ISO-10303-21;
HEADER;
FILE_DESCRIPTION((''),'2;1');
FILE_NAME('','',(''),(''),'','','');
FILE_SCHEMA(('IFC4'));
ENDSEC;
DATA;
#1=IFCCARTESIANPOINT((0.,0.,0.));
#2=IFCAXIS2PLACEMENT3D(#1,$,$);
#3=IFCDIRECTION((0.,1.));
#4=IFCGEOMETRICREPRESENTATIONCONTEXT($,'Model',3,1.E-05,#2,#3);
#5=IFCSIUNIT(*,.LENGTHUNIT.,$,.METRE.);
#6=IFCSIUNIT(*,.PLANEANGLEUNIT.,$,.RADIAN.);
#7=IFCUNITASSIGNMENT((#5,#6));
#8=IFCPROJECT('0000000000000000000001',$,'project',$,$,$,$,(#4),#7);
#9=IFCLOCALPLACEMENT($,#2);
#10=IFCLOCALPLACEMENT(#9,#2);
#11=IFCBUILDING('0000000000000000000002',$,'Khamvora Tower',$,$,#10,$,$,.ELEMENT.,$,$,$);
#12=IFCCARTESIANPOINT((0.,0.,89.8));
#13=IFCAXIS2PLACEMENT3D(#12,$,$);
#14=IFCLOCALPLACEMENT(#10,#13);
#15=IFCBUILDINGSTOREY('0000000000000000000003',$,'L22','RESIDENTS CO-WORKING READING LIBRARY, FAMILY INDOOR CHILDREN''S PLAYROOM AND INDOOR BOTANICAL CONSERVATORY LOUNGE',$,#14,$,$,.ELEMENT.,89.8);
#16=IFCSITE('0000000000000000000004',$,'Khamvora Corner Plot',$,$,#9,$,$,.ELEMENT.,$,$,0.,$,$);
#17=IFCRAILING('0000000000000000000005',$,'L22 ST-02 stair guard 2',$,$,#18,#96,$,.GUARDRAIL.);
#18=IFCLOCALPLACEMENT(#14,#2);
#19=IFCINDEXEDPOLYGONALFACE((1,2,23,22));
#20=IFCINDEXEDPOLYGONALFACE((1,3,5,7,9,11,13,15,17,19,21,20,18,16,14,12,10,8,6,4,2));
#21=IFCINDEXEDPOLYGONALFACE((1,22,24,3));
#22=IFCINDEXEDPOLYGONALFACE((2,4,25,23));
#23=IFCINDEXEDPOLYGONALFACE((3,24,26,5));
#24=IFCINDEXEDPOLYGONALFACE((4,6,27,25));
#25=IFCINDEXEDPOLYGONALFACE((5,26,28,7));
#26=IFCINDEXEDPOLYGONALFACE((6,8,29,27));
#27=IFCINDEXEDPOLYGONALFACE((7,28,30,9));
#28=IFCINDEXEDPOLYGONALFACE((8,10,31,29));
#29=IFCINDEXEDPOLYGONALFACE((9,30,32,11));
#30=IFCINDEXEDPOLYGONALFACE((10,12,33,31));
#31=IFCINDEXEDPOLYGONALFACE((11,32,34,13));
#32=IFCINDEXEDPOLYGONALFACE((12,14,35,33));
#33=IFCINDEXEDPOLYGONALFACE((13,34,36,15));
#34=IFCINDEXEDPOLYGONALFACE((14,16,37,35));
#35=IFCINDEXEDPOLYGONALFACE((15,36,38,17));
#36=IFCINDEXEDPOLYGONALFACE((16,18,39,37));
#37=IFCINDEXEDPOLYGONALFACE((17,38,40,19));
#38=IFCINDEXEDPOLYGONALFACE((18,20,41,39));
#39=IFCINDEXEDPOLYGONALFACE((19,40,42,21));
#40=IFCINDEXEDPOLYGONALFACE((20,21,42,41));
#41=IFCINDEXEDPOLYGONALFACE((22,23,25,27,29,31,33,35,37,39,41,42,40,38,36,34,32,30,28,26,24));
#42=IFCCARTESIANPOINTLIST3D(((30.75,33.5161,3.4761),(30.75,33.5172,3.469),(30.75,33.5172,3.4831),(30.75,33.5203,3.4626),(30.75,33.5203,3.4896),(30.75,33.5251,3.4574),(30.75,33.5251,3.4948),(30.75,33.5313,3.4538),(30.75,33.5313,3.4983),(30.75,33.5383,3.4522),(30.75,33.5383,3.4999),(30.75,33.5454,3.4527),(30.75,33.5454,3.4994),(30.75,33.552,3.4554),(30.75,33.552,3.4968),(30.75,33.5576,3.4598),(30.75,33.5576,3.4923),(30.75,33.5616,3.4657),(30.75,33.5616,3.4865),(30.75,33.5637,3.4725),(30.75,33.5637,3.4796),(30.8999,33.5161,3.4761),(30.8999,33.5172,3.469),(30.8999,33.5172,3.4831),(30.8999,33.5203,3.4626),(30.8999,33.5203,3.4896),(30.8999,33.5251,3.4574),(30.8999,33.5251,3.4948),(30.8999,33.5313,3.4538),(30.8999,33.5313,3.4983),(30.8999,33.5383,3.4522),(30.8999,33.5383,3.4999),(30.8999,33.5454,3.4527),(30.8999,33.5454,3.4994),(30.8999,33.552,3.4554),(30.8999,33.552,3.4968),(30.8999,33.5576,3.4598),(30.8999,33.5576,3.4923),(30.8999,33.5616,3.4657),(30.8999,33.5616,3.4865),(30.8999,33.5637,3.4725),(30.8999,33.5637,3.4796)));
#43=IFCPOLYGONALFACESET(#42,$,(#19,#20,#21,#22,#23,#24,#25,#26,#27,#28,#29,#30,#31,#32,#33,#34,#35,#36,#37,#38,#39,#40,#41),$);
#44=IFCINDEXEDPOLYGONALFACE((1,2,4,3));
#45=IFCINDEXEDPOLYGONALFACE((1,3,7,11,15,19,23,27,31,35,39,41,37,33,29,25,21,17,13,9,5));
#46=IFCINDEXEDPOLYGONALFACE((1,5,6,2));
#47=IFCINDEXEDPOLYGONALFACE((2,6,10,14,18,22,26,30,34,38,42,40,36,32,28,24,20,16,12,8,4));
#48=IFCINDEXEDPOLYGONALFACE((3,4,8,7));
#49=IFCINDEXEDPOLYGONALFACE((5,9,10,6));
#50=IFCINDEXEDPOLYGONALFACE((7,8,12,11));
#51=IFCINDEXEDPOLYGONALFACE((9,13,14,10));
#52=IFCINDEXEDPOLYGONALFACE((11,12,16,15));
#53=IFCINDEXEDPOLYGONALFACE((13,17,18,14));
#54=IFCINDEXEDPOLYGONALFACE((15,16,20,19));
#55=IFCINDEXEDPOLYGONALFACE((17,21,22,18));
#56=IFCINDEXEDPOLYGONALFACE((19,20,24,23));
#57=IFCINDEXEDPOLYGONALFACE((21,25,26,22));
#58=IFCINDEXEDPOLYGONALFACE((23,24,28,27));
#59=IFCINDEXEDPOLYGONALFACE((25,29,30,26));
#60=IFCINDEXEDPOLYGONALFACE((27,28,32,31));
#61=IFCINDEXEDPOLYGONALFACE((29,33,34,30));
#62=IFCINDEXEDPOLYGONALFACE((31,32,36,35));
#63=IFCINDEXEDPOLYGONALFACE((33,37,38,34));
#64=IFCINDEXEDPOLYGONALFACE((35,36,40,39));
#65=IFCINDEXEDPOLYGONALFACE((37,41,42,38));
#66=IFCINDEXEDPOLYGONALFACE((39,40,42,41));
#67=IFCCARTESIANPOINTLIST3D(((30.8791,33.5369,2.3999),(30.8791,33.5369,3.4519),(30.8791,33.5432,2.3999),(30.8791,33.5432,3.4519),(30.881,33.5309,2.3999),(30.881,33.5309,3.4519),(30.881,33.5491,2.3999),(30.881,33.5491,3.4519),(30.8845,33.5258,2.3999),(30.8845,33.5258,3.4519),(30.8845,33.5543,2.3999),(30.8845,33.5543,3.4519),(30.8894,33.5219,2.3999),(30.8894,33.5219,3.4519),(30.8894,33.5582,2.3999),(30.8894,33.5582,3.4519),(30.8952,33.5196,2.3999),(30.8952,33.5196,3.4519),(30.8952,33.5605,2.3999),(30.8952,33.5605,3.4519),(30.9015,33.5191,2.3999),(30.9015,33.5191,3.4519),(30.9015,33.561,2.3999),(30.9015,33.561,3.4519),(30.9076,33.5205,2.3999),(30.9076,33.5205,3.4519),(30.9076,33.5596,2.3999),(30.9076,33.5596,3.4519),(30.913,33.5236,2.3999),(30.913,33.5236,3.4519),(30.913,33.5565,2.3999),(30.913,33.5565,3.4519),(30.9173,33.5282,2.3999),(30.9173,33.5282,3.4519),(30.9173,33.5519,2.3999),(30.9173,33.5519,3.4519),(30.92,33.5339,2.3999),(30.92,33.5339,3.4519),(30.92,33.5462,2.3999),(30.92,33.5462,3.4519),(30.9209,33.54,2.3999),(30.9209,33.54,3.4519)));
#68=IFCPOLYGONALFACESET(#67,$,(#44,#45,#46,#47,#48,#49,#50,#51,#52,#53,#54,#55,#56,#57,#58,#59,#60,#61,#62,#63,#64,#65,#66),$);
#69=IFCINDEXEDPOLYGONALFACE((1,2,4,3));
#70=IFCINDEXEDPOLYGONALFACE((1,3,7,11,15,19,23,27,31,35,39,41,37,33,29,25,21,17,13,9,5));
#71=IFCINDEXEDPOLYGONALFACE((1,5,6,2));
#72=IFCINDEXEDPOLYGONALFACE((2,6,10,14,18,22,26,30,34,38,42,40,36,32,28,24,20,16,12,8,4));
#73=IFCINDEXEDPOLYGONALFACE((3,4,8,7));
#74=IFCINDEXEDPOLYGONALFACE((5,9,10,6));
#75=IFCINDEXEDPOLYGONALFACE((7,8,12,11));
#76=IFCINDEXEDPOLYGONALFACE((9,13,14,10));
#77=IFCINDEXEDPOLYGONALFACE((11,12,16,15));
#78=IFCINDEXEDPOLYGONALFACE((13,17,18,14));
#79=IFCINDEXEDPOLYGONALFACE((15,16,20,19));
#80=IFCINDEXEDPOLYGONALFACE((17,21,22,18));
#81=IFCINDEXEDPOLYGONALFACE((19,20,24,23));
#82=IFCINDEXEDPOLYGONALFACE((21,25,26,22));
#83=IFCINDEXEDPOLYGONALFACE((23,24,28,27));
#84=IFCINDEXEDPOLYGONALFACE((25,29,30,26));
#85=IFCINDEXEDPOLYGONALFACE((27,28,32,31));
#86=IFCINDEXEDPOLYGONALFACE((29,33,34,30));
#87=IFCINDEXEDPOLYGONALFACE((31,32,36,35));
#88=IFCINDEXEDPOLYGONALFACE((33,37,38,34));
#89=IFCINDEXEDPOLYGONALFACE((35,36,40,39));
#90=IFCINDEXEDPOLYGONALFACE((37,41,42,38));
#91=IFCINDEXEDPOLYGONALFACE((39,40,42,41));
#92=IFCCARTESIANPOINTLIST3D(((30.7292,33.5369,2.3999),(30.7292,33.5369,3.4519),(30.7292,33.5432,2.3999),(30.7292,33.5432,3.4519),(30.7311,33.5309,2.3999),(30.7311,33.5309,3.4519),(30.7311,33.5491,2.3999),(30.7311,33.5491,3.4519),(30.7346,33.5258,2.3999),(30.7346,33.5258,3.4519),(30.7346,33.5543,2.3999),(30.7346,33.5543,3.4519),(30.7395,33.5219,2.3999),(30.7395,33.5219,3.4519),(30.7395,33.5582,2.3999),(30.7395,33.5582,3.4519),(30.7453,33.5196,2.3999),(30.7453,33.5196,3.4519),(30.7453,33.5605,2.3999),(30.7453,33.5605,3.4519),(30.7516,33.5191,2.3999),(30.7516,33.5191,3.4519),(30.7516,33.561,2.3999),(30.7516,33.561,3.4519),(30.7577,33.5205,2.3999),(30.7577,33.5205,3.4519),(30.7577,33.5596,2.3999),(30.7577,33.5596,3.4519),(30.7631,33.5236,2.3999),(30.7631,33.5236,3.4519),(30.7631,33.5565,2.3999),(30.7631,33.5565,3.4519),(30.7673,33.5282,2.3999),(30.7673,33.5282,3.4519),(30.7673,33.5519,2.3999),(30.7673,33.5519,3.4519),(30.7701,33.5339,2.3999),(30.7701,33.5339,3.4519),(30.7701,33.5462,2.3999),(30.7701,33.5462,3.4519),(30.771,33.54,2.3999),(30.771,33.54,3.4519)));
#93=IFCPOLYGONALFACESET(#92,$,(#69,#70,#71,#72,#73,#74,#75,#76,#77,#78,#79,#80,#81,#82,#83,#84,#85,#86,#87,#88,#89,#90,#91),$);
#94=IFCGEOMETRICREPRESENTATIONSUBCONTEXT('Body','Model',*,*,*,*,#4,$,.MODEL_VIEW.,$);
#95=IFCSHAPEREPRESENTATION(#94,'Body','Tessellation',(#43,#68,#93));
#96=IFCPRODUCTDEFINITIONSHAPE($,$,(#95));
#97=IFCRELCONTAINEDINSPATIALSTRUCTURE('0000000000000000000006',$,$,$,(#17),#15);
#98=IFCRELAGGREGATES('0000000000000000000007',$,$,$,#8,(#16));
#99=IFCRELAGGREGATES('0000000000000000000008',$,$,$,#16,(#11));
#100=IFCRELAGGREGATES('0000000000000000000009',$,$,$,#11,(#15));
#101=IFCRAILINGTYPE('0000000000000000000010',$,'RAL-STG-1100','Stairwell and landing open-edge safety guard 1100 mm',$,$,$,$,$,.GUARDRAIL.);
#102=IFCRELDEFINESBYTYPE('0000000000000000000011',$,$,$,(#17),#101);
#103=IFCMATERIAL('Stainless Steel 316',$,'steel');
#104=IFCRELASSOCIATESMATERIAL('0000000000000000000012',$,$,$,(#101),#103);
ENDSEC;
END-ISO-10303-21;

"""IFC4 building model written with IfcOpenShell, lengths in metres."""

from ifc_helpers import new_model, si_unit, direction, frame, origin, origin_2d, place, context, subcontext, project, spatial, circle, extrude, material, type_object, element, save


model = new_model("IFC4")

# Units and contexts
model_context = context("Model", 3, precision=1e-05, world=origin(), true_north=direction((0.0, 1.0)))
body_context = subcontext(model_context, "Body", "Model", "MODEL_VIEW")
ifc_project = project(units=[si_unit("LENGTHUNIT", "METRE"), si_unit("PLANEANGLEUNIT", "RADIAN")], contexts=[model_context])

# Site, building, storey
site_placement = place(None, origin())
site = spatial("IfcSite", under=ifc_project, at=site_placement, Name="Khamvora Corner Plot", CompositionType="ELEMENT", RefElevation=0.0)
building_placement = place(site_placement, origin())
building = spatial("IfcBuilding", under=site, at=building_placement, Name="Khamvora Tower", CompositionType="ELEMENT")
storey_placement = place(building_placement, frame((0.0, 0.0, 89.8)))
storey = spatial("IfcBuildingStorey", under=building, at=storey_placement, Name="L22", Description="RESIDENTS CO-WORKING READING LIBRARY, FAMILY INDOOR CHILDREN'S PLAYROOM AND INDOOR BOTANICAL CONSERVATORY LOUNGE", CompositionType="ELEMENT", Elevation=89.8)

# Railing
ifc_material_1 = material(Name="Stainless Steel 316", Category="steel")
railing_type_1 = type_object("IfcRailingType", Name="RAL-STG-1100", Description="Stairwell and landing open-edge safety guard 1100 mm", PredefinedType="GUARDRAIL", material=ifc_material_1)
railing_1_placement = place(storey_placement, frame((30.8999, 33.54, 2.3999)))
element("IfcRailing", 1, at=railing_1_placement, inside=storey, type_object=railing_type_1, Name="L22 ST-02 stair guard 2", PredefinedType="GUARDRAIL", context=body_context, shape_type="SweptSolid", body=[
    extrude(circle(Radius=0.0239, at=origin_2d()), frame((0.0, 0.0, 1.0762), z_axis=(-1.0, 0.0, 0.0), x_axis=(0.0, -1.0, 0.0)), (0.0, 0.0, 1.0), 0.1499),
    extrude(circle(Radius=0.021, at=origin_2d()), origin(), (0.0, 0.0, 1.0), 1.052),
    extrude(circle(Radius=0.021, at=origin_2d()), frame((-0.1499, 0.0, 0.0)), (0.0, 0.0, 1.0), 1.052),
])

save(model, "model.ifc")
